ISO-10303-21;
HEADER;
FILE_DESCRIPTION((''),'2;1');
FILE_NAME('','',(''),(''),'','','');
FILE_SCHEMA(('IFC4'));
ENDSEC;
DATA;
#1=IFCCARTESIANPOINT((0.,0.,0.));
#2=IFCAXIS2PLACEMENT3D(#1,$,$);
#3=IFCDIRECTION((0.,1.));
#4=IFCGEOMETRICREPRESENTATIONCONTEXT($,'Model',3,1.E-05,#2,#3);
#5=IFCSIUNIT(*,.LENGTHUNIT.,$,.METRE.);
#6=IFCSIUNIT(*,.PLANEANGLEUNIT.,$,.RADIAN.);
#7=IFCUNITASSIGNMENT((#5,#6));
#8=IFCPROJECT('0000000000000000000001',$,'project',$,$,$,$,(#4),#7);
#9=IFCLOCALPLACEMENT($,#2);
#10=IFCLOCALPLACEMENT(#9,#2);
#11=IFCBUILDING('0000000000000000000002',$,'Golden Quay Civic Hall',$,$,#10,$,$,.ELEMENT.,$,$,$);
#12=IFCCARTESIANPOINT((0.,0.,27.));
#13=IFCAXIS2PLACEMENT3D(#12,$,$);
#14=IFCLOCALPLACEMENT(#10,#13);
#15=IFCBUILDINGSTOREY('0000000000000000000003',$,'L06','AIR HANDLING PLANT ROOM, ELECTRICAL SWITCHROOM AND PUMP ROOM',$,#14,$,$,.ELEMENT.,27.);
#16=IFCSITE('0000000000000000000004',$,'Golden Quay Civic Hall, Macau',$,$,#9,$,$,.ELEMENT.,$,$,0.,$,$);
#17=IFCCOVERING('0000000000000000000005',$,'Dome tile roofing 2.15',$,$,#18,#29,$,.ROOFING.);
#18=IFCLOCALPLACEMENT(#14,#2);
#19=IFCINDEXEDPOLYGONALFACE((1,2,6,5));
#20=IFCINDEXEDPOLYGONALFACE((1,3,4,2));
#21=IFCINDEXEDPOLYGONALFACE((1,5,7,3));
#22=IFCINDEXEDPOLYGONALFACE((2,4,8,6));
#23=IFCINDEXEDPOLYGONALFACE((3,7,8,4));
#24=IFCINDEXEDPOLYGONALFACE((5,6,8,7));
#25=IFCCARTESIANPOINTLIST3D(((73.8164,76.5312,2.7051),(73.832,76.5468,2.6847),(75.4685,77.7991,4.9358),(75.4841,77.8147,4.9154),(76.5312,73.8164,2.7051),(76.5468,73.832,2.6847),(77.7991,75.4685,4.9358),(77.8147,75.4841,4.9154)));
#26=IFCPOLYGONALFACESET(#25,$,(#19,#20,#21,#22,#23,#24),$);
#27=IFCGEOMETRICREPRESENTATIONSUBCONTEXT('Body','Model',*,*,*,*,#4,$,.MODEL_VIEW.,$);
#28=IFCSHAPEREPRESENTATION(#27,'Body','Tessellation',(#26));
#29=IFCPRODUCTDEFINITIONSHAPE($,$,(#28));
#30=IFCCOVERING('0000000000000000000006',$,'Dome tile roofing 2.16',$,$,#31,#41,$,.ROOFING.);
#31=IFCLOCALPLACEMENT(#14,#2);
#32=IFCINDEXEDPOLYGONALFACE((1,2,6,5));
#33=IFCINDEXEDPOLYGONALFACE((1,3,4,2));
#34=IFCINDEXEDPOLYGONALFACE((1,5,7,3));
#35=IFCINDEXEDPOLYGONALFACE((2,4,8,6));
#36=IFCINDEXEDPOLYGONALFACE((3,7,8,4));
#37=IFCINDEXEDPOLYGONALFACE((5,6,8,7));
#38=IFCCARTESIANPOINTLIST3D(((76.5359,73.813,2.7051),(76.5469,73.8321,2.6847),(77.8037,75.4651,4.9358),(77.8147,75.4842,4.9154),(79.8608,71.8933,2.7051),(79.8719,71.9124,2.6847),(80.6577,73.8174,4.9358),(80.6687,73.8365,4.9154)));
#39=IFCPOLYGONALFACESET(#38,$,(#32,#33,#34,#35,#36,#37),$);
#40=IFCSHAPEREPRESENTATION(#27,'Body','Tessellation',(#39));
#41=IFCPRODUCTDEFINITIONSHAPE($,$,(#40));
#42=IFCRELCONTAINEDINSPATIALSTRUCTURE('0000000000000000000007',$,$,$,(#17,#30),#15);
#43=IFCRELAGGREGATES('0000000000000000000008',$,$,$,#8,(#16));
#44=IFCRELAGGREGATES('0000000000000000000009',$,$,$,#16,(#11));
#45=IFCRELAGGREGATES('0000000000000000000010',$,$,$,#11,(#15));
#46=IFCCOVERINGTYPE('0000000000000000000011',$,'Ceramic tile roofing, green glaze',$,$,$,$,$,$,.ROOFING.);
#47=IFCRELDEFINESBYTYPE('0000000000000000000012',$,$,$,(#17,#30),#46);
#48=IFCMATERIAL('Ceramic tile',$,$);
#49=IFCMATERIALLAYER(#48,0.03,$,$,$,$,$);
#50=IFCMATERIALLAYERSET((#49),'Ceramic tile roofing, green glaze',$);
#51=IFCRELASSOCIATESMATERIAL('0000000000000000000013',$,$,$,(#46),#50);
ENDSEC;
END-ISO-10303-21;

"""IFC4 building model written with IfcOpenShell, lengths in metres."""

from ifc_helpers import new_model, si_unit, direction, frame, origin, place, context, subcontext, project, spatial, polyline, outline, extrude, material, layer, layer_set, type_object, element, save


model = new_model("IFC4")

# Units and contexts
model_context = context("Model", 3, precision=1e-05, world=origin(), true_north=direction((0.0, 1.0)))
body_context = subcontext(model_context, "Body", "Model", "MODEL_VIEW")
ifc_project = project(units=[si_unit("LENGTHUNIT", "METRE"), si_unit("PLANEANGLEUNIT", "RADIAN")], contexts=[model_context])

# Site, building, storey
site_placement = place(None, origin())
site = spatial("IfcSite", under=ifc_project, at=site_placement, Name="Golden Quay Civic Hall, Macau", CompositionType="ELEMENT", RefElevation=0.0)
building_placement = place(site_placement, origin())
building = spatial("IfcBuilding", under=site, at=building_placement, Name="Golden Quay Civic Hall", CompositionType="ELEMENT")
storey_placement = place(building_placement, frame((0.0, 0.0, 27.0)))
storey = spatial("IfcBuildingStorey", under=building, at=storey_placement, Name="L06", Description="AIR HANDLING PLANT ROOM, ELECTRICAL SWITCHROOM AND PUMP ROOM", CompositionType="ELEMENT", Elevation=27.0)

# Coverings
ifc_material_1 = material(Name="Ceramic tile")
ifc_layer_1 = layer(ifc_material_1, 0.03)
ifc_layer_set_1 = layer_set([ifc_layer_1], Name="Ceramic tile roofing, green glaze")
covering_type = type_object("IfcCoveringType", Name="Ceramic tile roofing, green glaze", PredefinedType="ROOFING", material=ifc_layer_set_1)
covering_1_placement = place(storey_placement, frame((73.8164, 76.5312, 2.7051), z_axis=(-0.518937, -0.518937, 0.67927), x_axis=(0.707107, -0.707107, 0.0)))
element("IfcCovering", 1, at=covering_1_placement, inside=storey, type_object=covering_type, Name="Dome tile roofing 2.15", PredefinedType="ROOFING", context=body_context, shape_type="SweptSolid", body=[
    extrude(outline(polyline([(0.0, 0.0), (3.8394, 0.0), (3.5676, 3.0396), (0.2717, 3.0396), (0.0, 0.0)])), origin(), (0.0, 0.0, -1.0), 0.03),
])
covering_2_placement = place(storey_placement, frame((76.5359, 73.813, 2.7051), z_axis=(-0.366941, -0.635567, 0.679271), x_axis=(0.866026, -0.499999, -0.000004)))
element("IfcCovering", 2, at=covering_2_placement, inside=storey, type_object=covering_type, Name="Dome tile roofing 2.16", PredefinedType="ROOFING", context=body_context, shape_type="SweptSolid", body=[
    extrude(outline(polyline([(0.0, 0.0), (3.8393, 0.0), (3.5674, 3.0396), (0.2719, 3.0396), (0.0, 0.0)])), origin(), (0.0, 0.0, -1.0), 0.03),
])

save(model, "model.ifc")
